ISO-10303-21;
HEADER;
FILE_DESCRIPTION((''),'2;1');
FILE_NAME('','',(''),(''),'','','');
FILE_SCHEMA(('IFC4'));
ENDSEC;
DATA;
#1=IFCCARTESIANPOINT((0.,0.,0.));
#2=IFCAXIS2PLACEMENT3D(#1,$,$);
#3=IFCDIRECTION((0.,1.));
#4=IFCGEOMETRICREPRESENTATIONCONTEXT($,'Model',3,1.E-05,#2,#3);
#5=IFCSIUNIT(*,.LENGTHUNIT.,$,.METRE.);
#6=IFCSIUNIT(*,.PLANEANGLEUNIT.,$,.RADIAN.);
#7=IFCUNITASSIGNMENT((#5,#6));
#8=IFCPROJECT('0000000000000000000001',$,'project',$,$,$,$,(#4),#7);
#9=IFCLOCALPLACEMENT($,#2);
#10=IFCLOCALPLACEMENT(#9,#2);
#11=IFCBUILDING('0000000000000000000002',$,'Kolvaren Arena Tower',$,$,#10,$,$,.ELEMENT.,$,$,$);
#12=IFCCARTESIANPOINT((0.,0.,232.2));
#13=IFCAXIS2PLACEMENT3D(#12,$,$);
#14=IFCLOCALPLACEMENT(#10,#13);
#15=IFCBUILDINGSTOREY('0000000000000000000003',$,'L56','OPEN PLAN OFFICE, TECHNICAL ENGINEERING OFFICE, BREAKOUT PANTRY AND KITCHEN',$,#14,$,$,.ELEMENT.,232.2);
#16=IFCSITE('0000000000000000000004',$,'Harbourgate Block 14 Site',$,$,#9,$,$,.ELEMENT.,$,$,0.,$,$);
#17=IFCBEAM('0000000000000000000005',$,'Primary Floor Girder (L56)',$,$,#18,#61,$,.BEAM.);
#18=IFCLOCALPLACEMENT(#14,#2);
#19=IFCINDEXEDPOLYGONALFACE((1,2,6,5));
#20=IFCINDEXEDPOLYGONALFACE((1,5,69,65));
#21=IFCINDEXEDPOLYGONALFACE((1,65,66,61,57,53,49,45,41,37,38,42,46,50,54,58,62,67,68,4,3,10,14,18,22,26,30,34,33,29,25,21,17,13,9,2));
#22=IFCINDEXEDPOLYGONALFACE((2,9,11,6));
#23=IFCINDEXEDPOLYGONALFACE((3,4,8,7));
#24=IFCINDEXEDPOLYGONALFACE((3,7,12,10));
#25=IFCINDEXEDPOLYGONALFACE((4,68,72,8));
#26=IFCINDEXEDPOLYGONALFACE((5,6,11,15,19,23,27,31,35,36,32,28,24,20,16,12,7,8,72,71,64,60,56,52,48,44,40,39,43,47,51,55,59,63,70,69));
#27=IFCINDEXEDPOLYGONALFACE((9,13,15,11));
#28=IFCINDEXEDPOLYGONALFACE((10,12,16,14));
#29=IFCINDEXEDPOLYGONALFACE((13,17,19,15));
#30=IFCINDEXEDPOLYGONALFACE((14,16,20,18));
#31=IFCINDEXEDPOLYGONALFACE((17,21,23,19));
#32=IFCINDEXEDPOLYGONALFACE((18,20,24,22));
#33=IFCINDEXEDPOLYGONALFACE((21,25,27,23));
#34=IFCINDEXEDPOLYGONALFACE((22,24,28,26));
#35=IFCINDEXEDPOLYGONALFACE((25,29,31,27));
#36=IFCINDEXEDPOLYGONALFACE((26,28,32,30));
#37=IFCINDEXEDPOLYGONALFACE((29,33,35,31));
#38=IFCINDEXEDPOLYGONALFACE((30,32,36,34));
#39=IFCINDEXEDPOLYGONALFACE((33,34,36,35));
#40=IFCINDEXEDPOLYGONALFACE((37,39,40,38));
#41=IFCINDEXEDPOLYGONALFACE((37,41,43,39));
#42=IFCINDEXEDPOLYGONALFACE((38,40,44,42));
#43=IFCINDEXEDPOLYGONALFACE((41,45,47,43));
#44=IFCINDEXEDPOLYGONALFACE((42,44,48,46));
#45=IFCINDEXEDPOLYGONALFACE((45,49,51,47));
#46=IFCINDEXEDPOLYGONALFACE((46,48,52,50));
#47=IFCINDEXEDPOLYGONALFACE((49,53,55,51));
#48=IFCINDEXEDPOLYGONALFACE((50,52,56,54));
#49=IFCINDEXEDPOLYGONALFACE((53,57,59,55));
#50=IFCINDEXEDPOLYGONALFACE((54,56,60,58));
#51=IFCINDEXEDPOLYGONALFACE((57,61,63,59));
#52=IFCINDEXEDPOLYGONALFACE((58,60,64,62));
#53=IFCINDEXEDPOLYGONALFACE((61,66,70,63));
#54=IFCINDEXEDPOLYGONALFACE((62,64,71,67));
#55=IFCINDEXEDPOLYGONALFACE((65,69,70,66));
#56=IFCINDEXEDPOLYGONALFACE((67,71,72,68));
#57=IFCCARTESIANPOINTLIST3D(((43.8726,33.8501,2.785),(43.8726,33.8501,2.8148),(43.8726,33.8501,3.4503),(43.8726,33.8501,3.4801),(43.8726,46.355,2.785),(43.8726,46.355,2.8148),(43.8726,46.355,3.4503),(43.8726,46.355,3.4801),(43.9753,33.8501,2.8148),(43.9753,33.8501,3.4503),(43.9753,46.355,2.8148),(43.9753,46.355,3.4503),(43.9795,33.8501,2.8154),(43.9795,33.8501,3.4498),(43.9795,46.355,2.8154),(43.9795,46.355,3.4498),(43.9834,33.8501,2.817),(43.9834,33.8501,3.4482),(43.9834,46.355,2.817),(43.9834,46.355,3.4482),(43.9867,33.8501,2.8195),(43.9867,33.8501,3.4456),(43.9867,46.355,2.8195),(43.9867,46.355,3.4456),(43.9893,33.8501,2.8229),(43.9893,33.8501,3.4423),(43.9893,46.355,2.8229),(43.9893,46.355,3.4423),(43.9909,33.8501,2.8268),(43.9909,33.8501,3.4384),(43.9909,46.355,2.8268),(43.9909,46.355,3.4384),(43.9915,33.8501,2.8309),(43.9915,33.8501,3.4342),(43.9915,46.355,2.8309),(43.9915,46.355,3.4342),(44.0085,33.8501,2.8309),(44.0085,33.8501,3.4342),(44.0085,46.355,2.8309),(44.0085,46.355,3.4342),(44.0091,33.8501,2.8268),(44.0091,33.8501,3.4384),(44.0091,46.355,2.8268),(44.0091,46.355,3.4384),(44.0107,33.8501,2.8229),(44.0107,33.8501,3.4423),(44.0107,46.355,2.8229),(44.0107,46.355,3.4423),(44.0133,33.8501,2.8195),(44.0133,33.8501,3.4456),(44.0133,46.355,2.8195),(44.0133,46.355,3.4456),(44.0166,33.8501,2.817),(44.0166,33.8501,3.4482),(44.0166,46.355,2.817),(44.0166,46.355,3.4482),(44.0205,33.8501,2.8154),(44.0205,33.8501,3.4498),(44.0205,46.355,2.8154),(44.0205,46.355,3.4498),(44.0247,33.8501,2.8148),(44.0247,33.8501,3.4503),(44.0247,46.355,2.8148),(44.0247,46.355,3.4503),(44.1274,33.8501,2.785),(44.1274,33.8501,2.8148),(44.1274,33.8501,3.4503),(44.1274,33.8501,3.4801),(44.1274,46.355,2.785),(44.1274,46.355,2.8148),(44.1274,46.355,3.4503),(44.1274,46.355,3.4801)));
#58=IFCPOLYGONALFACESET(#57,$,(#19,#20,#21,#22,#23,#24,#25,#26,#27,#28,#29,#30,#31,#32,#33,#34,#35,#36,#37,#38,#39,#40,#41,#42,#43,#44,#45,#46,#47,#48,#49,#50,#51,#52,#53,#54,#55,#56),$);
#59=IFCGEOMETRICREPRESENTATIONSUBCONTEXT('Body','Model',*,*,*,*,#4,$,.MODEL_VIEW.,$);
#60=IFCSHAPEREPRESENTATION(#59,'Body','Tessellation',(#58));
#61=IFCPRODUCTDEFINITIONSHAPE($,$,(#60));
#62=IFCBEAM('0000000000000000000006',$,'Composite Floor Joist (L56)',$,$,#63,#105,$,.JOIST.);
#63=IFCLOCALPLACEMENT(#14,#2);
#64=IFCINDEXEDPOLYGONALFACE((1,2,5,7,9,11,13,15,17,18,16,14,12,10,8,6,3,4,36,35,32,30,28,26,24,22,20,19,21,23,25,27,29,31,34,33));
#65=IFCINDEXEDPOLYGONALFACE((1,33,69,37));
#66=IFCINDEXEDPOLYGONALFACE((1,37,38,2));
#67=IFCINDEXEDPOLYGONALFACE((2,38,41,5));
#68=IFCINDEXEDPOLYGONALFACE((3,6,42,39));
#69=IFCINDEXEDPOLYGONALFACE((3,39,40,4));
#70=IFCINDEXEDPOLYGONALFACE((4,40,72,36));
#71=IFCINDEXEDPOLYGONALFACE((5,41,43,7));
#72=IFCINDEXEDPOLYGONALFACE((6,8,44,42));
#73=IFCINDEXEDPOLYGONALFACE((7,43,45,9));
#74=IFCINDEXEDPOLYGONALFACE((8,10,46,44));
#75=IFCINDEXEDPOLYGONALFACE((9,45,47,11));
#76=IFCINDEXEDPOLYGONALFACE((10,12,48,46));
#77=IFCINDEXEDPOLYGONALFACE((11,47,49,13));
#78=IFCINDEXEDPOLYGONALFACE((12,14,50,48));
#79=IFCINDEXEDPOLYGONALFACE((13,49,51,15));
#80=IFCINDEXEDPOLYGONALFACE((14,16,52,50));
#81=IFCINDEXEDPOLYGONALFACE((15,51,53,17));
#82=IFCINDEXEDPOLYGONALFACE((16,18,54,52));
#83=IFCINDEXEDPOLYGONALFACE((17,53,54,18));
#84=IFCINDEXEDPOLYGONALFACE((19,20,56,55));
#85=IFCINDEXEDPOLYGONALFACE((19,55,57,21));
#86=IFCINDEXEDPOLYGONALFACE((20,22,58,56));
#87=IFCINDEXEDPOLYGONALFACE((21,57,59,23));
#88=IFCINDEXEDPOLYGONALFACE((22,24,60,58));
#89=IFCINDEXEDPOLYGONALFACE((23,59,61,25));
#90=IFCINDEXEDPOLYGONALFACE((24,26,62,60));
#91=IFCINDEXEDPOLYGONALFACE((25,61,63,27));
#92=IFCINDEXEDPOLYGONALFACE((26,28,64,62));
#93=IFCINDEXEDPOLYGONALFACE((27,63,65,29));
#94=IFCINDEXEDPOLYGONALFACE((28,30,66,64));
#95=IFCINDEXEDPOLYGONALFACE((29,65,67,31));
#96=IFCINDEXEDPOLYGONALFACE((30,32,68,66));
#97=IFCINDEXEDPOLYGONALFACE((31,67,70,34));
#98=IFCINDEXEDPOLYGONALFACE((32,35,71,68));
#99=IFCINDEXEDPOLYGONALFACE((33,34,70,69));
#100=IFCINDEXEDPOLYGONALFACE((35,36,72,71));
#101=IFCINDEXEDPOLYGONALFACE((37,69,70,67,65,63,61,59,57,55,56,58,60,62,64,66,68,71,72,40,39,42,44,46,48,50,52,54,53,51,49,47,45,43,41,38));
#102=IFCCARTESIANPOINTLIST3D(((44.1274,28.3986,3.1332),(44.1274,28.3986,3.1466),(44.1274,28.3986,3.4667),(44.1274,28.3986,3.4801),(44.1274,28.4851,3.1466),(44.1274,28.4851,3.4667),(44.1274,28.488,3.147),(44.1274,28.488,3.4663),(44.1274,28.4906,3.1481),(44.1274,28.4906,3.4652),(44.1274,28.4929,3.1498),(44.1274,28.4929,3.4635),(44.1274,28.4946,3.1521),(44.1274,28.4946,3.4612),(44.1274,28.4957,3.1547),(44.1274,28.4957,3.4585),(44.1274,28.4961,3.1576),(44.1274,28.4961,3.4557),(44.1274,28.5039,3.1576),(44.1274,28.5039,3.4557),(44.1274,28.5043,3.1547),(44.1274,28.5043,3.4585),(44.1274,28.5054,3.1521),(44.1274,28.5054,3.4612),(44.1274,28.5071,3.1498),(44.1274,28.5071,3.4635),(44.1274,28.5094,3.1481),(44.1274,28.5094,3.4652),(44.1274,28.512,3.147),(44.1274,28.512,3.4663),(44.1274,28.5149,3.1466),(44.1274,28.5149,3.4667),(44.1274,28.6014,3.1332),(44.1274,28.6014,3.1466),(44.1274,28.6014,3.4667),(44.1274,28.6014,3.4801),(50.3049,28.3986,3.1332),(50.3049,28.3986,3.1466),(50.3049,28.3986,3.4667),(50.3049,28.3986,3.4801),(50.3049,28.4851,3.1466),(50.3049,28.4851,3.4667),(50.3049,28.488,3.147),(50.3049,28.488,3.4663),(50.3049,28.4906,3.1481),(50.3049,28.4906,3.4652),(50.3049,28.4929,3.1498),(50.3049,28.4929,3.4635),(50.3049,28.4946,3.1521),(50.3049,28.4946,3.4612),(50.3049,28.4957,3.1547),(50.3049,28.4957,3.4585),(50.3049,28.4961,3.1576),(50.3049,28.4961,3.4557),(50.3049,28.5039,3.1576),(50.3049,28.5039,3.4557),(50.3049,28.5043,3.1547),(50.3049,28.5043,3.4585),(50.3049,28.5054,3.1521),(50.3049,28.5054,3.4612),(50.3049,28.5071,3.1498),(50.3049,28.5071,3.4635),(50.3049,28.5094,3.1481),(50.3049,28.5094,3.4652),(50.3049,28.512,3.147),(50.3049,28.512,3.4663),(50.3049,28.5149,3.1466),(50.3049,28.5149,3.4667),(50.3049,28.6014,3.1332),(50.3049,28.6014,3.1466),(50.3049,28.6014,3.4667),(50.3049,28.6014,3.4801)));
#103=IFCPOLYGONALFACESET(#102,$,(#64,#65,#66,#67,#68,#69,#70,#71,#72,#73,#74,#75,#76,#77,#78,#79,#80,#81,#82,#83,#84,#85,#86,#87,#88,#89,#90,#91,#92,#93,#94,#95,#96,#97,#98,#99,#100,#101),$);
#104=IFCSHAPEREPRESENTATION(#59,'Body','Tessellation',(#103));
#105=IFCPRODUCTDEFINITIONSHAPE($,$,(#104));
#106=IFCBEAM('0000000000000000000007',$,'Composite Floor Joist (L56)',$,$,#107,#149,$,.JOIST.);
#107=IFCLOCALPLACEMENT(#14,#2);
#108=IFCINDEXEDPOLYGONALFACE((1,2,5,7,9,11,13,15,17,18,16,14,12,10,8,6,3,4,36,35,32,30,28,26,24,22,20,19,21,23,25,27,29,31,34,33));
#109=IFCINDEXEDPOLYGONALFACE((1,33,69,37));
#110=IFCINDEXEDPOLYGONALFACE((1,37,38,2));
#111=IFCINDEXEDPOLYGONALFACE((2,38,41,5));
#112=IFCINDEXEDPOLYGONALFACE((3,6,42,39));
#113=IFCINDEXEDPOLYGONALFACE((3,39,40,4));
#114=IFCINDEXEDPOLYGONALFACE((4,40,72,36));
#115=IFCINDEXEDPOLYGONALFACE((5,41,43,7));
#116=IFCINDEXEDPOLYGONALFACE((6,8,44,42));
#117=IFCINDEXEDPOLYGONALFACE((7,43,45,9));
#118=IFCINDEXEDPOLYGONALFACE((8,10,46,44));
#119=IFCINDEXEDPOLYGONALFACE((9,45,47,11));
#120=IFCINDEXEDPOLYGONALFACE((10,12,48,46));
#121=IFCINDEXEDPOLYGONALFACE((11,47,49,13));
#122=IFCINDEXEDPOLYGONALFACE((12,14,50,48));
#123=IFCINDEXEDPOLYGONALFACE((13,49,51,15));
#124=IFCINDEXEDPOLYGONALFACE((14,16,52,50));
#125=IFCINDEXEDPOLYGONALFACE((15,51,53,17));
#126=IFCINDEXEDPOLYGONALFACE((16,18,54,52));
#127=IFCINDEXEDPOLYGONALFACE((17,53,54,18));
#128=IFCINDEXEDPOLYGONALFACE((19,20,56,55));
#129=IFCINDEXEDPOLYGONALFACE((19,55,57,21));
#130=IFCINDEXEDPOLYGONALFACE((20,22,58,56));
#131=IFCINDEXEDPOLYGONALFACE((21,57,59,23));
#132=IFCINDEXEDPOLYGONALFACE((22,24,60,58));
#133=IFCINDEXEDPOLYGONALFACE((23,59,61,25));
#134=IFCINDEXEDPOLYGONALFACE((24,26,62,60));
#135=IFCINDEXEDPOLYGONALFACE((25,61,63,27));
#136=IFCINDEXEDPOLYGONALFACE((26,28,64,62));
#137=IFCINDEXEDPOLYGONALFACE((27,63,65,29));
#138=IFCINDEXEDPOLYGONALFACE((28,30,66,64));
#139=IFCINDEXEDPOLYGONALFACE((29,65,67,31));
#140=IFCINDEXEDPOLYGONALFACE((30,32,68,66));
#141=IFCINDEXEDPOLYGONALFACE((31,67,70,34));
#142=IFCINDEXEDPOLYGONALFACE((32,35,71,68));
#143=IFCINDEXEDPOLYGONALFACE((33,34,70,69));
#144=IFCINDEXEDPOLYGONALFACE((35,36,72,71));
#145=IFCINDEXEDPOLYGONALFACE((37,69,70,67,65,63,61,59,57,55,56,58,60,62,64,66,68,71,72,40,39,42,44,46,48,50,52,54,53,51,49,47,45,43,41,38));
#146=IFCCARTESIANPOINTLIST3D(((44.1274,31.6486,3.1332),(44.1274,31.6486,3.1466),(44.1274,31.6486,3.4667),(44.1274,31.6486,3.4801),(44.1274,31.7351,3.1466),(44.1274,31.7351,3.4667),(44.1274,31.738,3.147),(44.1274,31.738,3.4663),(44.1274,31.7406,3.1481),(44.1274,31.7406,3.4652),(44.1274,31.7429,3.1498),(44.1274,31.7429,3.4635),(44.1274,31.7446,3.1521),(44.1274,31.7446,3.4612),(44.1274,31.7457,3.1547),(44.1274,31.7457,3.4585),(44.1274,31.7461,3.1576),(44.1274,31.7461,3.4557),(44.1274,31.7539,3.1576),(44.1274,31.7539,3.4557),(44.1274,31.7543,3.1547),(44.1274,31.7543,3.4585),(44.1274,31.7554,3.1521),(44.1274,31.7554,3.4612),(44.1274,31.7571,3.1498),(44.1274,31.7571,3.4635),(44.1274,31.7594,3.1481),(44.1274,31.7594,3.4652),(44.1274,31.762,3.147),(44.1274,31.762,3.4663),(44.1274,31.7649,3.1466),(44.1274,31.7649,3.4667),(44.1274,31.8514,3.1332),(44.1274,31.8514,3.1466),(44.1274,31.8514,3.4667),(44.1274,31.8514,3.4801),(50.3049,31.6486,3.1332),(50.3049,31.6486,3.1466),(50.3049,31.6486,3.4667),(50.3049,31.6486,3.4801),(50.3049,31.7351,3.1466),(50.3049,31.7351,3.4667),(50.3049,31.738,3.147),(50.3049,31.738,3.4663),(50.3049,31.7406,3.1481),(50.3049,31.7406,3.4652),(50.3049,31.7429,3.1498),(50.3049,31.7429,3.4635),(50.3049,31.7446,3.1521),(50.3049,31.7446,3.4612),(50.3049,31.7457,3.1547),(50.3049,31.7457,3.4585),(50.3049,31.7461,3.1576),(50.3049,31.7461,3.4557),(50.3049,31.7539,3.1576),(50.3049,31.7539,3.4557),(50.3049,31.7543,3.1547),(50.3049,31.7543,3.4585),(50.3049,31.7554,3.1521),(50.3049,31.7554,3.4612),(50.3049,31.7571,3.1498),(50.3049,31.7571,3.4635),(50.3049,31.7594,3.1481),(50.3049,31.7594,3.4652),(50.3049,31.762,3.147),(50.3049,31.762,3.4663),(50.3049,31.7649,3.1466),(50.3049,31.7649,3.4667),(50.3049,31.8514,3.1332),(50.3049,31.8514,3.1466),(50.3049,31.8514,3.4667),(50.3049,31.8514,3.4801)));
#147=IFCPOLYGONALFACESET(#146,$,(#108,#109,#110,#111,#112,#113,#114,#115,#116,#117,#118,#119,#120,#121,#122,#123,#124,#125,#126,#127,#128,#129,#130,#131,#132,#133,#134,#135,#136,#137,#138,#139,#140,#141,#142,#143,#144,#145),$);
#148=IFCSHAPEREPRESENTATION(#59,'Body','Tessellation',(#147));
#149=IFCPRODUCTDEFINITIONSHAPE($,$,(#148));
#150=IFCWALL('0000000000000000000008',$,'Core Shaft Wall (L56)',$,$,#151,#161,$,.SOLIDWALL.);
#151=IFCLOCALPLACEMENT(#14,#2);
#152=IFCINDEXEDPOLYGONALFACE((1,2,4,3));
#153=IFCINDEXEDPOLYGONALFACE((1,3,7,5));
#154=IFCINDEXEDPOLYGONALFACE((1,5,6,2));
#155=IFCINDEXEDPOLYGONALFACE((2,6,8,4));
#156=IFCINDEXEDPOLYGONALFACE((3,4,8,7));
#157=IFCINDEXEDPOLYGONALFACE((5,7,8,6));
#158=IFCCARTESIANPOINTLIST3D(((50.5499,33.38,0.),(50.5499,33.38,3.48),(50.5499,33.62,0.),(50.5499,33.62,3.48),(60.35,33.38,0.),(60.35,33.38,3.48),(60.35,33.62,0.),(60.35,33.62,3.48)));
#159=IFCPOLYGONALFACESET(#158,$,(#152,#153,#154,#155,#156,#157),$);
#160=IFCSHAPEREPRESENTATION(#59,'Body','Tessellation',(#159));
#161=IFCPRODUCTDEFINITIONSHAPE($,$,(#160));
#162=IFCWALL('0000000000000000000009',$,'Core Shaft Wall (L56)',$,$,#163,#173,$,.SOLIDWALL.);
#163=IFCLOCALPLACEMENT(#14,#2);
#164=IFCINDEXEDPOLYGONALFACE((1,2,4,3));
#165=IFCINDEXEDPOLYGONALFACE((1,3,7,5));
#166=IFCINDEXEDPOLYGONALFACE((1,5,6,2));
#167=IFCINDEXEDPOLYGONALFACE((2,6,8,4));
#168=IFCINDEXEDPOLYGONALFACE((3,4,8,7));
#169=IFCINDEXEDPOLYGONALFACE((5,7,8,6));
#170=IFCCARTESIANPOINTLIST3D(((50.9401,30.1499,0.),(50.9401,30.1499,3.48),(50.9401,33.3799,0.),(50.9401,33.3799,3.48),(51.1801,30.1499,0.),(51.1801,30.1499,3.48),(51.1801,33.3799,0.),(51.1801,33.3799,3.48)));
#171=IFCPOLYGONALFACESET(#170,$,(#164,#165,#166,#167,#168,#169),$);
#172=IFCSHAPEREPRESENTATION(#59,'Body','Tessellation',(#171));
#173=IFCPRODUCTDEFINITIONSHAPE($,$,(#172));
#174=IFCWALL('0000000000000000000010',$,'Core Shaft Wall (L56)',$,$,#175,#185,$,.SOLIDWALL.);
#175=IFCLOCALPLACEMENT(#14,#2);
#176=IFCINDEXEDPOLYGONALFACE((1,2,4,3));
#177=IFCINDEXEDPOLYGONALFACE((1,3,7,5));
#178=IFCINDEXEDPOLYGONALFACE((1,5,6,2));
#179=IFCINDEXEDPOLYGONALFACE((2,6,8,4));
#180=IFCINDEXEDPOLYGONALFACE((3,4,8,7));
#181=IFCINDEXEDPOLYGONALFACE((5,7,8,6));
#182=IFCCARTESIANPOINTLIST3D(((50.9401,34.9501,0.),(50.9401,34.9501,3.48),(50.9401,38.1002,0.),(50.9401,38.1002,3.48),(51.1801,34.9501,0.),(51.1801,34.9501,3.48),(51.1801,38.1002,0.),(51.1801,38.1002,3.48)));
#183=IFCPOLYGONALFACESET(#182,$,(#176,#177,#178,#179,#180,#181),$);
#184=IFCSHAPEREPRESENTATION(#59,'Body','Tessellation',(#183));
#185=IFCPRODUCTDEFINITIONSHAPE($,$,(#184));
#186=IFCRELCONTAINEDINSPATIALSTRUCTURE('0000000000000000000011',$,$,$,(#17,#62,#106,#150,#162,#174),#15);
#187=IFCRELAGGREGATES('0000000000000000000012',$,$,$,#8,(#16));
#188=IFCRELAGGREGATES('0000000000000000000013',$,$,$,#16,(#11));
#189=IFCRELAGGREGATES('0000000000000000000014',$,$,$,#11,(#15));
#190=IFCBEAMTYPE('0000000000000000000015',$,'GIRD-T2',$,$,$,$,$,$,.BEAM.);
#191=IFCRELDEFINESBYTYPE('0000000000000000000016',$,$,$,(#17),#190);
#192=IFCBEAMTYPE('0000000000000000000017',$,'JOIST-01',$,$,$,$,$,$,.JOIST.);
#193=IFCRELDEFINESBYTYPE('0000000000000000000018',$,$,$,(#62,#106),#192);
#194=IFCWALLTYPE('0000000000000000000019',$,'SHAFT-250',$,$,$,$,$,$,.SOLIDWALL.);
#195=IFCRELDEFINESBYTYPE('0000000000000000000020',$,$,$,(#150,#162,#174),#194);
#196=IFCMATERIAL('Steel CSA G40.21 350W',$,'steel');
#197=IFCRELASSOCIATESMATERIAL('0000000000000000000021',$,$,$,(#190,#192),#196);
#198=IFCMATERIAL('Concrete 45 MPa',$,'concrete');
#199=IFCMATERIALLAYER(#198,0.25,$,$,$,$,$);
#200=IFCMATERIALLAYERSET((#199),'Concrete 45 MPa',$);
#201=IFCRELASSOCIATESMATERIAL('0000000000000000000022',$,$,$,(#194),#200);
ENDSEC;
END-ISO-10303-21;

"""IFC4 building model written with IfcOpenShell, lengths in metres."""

from ifc_helpers import new_model, si_unit, direction, frame, frame_2d, origin, origin_2d, place, context, subcontext, project, spatial, rectangle, i_section, extrude, material, layer, layer_set, material_profile, profile_set, type_object, element, save


model = new_model("IFC4")

# Units and contexts
model_context = context("Model", 3, precision=1e-05, world=origin(), true_north=direction((0.0, 1.0)))
body_context = subcontext(model_context, "Body", "Model", "MODEL_VIEW")
ifc_project = project(units=[si_unit("LENGTHUNIT", "METRE"), si_unit("PLANEANGLEUNIT", "RADIAN")], contexts=[model_context])

# Site, building, storey
site_placement = place(None, origin())
site = spatial("IfcSite", under=ifc_project, at=site_placement, Name="Harbourgate Block 14 Site", CompositionType="ELEMENT", RefElevation=0.0)
building_placement = place(site_placement, origin())
building = spatial("IfcBuilding", under=site, at=building_placement, Name="Kolvaren Arena Tower", CompositionType="ELEMENT")
storey_placement = place(building_placement, frame((0.0, 0.0, 232.2)))
storey = spatial("IfcBuildingStorey", under=building, at=storey_placement, Name="L56", Description="OPEN PLAN OFFICE, TECHNICAL ENGINEERING OFFICE, BREAKOUT PANTRY AND KITCHEN", CompositionType="ELEMENT", Elevation=232.2)

# Beams
ifc_material_1 = material(Name="Steel CSA G40.21 350W", Category="steel")
ifc_material_profile_1 = material_profile(ifc_material_1, i_section(OverallWidth=0.2549, OverallDepth=0.6951, WebThickness=0.0171, FlangeThickness=0.0298, FilletRadius=0.0161, at=origin_2d()), Name="W690x217")
ifc_profile_set_1 = profile_set([ifc_material_profile_1], Name="Steel CSA G40.21 350W")
beam_type_1 = type_object("IfcBeamType", Name="GIRD-T2", PredefinedType="BEAM", material=ifc_profile_set_1)
beam_1_placement = place(storey_placement, frame((44.0, 33.8501, 3.1326), z_axis=(0.0, 1.0, 0.0), x_axis=(-1.0, 0.0, 0.0)))
element("IfcBeam", 1, at=beam_1_placement, inside=storey, type_object=beam_type_1, Name="Primary Floor Girder (L56)", PredefinedType="BEAM", context=body_context, shape_type="SweptSolid", body=[
    extrude(i_section(OverallWidth=0.2549, OverallDepth=0.6951, WebThickness=0.0171, FlangeThickness=0.0298, FilletRadius=0.0161, at=origin_2d()), origin(), (0.0, 0.0, 1.0), 12.5049),
])
ifc_material_profile_2 = material_profile(ifc_material_1, i_section(OverallWidth=0.2029, OverallDepth=0.3469, WebThickness=0.0078, FlangeThickness=0.0134, FilletRadius=0.011, at=origin_2d()), Name="W360x64")
ifc_profile_set_2 = profile_set([ifc_material_profile_2], Name="Steel CSA G40.21 350W")
beam_type_2 = type_object("IfcBeamType", Name="JOIST-01", PredefinedType="JOIST", material=ifc_profile_set_2)
for number, where, z_axis, x_axis, name in (
    (2, (44.1274, 28.5, 3.3066), (1.0, 0.0, 0.0), (0.0, 1.0, 0.0), "Composite Floor Joist (L56)"),
    (3, (44.1274, 31.75, 3.3066), (1.0, 0.0, 0.0), (0.0, 1.0, 0.0), "Composite Floor Joist (L56)"),
):
    element("IfcBeam", number, at=place(storey_placement, frame(where, z_axis=z_axis, x_axis=x_axis)), inside=storey, type_object=beam_type_2, Name=name, PredefinedType="JOIST", context=body_context, shape_type="SweptSolid", body=[
        extrude(i_section(OverallWidth=0.2029, OverallDepth=0.3469, WebThickness=0.0078, FlangeThickness=0.0134, FilletRadius=0.011, at=origin_2d()), origin(), (0.0, 0.0, 1.0), 6.1775),
    ])

# Walls
ifc_material_2 = material(Name="Concrete 45 MPa", Category="concrete")
ifc_layer = layer(ifc_material_2, 0.25)
ifc_layer_set = layer_set([ifc_layer], Name="Concrete 45 MPa")
wall_type = type_object("IfcWallType", Name="SHAFT-250", PredefinedType="SOLIDWALL", material=ifc_layer_set)
wall_1_placement = place(storey_placement, frame((50.55, 33.5, 0.0), z_axis=(0.0, 0.0, 1.0), x_axis=(1.0, 0.0, 0.0)))
element("IfcWall", 4, at=wall_1_placement, inside=storey, type_object=wall_type, Name="Core Shaft Wall (L56)", PredefinedType="SOLIDWALL", context=body_context, shape_type="SweptSolid", body=[
    extrude(rectangle(XDim=9.8, YDim=0.24, at=frame_2d((4.8999, 0.0))), origin(), (0.0, 0.0, 1.0), 3.48),
])
wall_2_placement = place(storey_placement, frame((51.0601, 30.1499, 0.0), z_axis=(0.0, 0.0, 1.0), x_axis=(0.0, 1.0, 0.0)))
element("IfcWall", 5, at=wall_2_placement, inside=storey, type_object=wall_type, Name="Core Shaft Wall (L56)", PredefinedType="SOLIDWALL", context=body_context, shape_type="SweptSolid", body=[
    extrude(rectangle(XDim=3.23, YDim=0.24, at=frame_2d((1.615, 0.0))), origin(), (0.0, 0.0, 1.0), 3.48),
])
wall_3_placement = place(storey_placement, frame((51.0601, 34.95, 0.0), z_axis=(0.0, 0.0, 1.0), x_axis=(0.0, 1.0, 0.0)))
element("IfcWall", 6, at=wall_3_placement, inside=storey, type_object=wall_type, Name="Core Shaft Wall (L56)", PredefinedType="SOLIDWALL", context=body_context, shape_type="SweptSolid", body=[
    extrude(rectangle(XDim=3.1501, YDim=0.24, at=frame_2d((1.5752, 0.0))), origin(), (0.0, 0.0, 1.0), 3.48),
])

save(model, "model.ifc")
